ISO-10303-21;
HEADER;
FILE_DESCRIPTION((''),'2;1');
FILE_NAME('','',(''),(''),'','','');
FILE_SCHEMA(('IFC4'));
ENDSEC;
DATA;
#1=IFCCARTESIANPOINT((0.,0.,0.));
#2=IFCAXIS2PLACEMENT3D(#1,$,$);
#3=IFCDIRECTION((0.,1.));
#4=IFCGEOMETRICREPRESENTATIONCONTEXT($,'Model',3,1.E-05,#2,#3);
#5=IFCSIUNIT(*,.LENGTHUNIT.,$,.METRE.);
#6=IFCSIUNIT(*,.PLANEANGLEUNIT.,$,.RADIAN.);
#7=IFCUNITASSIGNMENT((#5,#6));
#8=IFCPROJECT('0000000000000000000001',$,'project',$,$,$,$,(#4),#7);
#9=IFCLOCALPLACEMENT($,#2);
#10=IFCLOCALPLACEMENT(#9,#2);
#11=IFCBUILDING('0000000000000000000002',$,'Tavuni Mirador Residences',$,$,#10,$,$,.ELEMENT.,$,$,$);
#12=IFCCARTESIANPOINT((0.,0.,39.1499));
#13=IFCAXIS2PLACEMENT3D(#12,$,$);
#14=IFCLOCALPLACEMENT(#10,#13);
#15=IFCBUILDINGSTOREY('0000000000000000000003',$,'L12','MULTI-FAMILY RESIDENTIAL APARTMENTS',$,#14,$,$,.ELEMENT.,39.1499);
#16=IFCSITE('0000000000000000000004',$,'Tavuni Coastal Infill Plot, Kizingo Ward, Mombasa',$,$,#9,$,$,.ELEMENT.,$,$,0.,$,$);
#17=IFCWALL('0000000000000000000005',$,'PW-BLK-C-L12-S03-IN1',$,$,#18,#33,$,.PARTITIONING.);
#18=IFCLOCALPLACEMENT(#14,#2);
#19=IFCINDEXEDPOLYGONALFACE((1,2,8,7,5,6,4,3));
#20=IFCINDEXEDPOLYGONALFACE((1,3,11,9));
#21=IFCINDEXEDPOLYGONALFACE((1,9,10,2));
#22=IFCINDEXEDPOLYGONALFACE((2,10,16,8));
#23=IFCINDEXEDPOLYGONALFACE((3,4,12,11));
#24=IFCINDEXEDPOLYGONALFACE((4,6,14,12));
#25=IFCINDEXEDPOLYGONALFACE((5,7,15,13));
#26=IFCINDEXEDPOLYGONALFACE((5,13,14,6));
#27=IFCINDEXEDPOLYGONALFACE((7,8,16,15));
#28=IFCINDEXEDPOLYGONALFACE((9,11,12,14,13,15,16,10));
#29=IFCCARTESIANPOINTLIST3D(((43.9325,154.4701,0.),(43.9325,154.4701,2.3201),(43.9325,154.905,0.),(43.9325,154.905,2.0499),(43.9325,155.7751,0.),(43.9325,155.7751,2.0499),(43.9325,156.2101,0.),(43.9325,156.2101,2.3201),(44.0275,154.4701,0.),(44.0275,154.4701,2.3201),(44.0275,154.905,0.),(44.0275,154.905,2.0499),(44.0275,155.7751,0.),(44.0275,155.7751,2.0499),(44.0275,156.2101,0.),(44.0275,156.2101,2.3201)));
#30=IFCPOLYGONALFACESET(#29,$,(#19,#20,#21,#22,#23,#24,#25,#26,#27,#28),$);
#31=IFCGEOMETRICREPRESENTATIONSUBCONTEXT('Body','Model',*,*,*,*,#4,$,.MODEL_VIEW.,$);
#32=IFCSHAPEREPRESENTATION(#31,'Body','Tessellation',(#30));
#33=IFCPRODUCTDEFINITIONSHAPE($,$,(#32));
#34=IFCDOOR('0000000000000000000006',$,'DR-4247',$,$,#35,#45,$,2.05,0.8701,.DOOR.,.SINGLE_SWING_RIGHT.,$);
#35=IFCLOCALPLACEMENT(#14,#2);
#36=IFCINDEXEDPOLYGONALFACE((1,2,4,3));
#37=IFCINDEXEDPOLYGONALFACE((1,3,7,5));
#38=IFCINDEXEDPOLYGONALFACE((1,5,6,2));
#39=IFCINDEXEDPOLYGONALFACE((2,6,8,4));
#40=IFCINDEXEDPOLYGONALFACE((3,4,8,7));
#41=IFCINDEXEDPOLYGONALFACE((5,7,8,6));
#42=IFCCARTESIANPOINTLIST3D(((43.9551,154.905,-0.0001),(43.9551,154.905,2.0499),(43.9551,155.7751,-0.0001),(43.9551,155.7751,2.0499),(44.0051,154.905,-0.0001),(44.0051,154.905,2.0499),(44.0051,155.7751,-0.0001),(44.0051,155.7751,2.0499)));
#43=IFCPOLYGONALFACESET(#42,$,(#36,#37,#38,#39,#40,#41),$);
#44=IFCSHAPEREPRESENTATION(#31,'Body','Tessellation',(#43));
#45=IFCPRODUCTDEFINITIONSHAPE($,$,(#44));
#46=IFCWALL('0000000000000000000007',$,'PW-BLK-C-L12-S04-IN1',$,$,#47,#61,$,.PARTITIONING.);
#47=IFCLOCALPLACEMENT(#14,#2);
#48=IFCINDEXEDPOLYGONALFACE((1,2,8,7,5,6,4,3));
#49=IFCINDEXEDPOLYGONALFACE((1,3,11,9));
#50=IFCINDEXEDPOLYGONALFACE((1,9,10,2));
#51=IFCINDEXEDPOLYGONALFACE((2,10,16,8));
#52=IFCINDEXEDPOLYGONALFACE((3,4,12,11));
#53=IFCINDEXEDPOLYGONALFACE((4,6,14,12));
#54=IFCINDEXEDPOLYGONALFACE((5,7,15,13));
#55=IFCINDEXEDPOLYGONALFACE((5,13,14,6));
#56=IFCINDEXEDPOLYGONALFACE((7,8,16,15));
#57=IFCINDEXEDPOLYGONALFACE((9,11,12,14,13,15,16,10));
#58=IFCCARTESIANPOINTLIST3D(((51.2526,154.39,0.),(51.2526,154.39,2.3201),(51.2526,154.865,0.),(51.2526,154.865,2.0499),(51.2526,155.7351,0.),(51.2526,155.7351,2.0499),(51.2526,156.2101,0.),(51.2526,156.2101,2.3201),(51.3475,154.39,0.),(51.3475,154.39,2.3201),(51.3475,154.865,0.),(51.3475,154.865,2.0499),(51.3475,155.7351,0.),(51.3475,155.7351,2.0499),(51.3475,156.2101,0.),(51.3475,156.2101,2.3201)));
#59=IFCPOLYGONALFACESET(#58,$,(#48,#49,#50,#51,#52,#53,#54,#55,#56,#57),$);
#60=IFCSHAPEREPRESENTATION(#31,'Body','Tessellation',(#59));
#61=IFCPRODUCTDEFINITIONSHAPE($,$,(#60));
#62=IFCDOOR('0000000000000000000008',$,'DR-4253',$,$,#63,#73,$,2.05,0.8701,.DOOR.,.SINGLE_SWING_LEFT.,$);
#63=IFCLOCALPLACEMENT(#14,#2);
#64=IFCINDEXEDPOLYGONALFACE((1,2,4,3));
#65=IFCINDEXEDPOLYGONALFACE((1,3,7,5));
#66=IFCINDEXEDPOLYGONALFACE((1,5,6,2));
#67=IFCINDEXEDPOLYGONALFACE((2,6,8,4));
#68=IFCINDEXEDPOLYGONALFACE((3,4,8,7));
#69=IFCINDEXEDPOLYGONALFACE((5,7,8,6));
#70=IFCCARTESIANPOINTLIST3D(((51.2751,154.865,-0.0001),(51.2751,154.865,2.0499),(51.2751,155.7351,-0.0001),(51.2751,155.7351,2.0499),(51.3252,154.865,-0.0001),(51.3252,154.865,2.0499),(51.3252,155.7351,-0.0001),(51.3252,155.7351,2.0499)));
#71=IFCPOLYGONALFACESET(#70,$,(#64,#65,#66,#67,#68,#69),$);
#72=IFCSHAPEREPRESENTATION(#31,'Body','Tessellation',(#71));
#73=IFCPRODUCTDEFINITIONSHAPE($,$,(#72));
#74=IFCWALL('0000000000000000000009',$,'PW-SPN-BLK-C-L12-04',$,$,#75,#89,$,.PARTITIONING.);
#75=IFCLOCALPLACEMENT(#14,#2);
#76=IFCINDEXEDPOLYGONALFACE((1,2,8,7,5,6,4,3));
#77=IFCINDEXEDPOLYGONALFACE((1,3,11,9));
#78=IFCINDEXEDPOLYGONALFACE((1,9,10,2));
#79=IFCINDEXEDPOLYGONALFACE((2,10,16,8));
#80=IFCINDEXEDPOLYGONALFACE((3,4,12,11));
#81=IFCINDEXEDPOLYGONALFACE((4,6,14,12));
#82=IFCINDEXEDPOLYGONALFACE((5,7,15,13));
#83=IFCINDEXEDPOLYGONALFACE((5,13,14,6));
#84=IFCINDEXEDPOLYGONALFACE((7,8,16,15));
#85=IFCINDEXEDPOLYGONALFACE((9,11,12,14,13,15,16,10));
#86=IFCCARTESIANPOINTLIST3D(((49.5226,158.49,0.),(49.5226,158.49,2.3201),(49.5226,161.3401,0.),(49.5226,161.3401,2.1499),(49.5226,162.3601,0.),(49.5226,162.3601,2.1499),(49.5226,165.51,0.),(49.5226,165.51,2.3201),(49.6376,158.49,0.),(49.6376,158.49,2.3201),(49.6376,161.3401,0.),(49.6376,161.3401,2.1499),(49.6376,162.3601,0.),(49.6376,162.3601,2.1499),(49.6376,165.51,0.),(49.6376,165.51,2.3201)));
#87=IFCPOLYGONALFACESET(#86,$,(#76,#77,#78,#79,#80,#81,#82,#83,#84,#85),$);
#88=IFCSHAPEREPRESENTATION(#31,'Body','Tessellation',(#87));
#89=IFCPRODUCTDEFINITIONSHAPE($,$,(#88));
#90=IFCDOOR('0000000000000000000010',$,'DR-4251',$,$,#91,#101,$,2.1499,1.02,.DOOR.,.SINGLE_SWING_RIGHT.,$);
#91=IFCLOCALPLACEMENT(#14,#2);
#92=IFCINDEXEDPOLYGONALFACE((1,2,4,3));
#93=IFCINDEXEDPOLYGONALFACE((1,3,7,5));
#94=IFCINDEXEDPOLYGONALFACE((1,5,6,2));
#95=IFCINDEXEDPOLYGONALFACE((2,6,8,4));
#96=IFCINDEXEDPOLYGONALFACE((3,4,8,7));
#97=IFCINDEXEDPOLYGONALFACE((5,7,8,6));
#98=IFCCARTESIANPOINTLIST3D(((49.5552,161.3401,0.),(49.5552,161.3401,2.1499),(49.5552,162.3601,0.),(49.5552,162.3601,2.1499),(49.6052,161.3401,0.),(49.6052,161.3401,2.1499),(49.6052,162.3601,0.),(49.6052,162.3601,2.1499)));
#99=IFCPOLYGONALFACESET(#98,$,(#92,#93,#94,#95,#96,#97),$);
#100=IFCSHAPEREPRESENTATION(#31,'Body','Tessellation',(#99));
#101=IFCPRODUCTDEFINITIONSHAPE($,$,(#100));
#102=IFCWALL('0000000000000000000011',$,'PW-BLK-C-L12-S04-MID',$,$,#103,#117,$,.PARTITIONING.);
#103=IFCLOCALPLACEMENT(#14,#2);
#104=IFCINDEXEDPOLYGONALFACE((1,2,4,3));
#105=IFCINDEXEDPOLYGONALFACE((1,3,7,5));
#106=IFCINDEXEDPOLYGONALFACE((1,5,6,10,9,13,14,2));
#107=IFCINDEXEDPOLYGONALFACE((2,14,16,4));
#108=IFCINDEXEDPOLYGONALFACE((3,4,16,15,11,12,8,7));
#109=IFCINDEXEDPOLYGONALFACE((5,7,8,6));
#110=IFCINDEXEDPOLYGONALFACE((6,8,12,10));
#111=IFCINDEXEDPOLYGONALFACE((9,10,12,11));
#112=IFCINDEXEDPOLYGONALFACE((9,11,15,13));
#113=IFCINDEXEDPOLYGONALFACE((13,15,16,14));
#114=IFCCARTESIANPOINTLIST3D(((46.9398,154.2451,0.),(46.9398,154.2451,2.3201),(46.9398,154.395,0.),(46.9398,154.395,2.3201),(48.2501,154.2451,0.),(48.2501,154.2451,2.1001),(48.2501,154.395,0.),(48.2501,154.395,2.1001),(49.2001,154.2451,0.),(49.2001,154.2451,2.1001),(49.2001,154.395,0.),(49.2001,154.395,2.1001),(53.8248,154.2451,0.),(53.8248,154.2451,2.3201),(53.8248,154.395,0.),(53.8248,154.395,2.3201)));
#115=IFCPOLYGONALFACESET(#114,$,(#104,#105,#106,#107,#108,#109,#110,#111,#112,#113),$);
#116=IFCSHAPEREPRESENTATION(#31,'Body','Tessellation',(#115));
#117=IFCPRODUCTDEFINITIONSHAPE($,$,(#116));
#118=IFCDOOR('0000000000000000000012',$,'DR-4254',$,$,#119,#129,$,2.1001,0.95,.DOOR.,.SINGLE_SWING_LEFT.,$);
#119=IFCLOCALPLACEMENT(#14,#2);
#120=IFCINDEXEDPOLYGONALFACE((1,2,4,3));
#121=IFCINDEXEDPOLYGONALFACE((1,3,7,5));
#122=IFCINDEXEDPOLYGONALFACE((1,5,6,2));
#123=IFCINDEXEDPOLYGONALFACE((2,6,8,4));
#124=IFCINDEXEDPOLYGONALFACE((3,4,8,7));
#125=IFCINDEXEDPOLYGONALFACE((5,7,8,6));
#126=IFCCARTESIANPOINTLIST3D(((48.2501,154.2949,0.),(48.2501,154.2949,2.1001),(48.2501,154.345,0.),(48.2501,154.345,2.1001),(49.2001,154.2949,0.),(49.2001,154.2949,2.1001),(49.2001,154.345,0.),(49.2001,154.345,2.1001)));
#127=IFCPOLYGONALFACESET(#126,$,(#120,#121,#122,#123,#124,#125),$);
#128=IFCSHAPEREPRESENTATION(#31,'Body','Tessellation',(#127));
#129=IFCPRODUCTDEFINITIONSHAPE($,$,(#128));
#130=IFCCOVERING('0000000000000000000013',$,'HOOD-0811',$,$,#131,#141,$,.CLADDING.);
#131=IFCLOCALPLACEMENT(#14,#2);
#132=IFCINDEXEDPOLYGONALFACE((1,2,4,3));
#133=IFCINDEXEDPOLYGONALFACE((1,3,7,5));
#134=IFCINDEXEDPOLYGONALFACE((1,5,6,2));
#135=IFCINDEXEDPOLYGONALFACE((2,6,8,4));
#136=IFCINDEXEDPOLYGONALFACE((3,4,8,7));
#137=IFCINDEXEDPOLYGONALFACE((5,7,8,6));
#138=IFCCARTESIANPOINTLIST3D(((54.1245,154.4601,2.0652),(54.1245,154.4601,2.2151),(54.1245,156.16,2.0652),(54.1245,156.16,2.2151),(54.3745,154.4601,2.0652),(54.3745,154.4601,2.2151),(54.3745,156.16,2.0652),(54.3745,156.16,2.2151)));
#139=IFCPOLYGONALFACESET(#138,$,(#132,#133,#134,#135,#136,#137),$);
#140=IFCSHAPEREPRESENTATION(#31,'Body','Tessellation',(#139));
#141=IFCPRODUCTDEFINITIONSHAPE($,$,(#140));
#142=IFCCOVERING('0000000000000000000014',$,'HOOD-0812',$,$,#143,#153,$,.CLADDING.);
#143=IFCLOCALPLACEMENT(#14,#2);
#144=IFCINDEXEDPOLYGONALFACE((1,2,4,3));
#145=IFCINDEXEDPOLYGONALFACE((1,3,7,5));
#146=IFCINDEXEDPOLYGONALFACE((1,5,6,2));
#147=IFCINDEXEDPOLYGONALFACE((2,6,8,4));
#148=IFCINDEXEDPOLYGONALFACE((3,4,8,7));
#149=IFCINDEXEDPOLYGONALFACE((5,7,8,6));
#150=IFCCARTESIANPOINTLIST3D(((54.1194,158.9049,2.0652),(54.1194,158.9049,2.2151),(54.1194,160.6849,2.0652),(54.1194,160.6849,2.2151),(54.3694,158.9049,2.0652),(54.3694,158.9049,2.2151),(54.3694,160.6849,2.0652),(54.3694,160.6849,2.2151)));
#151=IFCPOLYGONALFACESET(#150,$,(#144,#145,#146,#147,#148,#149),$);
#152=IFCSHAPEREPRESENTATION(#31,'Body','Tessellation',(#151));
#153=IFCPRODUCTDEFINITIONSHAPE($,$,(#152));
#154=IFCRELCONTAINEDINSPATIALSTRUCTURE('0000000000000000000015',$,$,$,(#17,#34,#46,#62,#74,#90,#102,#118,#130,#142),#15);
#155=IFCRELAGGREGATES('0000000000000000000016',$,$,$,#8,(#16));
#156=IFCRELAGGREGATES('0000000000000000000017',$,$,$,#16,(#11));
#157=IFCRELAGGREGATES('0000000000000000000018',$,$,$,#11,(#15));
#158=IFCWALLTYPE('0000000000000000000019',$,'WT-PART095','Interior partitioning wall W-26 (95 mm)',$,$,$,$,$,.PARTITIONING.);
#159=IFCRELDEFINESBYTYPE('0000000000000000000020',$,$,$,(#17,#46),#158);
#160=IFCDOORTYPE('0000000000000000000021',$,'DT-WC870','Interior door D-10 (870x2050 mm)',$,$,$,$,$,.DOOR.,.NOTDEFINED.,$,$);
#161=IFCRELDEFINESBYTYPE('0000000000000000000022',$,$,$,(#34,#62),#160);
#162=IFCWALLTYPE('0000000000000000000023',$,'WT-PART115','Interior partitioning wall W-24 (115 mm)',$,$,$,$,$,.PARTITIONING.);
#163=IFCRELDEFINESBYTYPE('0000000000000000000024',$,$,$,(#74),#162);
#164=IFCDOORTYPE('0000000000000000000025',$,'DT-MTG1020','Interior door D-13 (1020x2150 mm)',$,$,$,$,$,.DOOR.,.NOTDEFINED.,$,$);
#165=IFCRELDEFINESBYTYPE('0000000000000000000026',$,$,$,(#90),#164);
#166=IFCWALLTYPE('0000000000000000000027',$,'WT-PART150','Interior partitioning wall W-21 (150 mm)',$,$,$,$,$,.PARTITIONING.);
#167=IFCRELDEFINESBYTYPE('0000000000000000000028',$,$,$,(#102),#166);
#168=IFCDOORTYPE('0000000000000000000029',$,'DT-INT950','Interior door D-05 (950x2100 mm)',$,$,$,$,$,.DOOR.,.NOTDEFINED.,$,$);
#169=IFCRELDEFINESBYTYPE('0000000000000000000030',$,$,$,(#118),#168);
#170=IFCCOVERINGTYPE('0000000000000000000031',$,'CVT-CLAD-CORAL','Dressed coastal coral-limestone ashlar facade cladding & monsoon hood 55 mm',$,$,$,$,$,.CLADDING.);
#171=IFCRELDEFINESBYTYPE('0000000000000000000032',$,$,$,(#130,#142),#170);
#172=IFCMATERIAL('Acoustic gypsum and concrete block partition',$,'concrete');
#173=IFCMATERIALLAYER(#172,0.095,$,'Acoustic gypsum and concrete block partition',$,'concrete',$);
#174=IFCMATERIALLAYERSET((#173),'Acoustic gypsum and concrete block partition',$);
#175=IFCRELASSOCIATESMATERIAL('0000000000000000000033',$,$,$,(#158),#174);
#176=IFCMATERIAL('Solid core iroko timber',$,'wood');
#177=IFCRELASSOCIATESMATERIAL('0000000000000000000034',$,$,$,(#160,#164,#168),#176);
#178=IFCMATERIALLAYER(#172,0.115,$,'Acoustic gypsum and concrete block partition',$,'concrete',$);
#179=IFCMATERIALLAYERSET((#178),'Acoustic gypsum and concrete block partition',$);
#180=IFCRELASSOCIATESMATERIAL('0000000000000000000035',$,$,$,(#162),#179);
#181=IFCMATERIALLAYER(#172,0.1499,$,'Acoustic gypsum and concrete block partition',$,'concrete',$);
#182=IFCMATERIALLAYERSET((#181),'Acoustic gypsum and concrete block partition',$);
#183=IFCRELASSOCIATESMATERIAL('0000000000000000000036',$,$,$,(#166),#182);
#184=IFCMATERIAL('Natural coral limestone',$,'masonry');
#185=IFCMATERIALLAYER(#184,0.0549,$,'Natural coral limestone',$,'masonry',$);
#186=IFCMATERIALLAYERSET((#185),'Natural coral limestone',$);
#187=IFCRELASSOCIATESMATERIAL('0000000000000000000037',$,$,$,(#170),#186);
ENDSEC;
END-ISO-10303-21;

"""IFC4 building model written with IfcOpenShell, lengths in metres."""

from ifc_helpers import new_model, si_unit, direction, frame, frame_2d, origin, origin_2d, place, context, subcontext, project, spatial, rectangle, extrude, material, layer, layer_set, type_object, element, fill, save


model = new_model("IFC4")

# Units and contexts
model_context = context("Model", 3, precision=1e-05, world=origin(), true_north=direction((0.0, 1.0)))
body_context = subcontext(model_context, "Body", "Model", "MODEL_VIEW")
ifc_project = project(units=[si_unit("LENGTHUNIT", "METRE"), si_unit("PLANEANGLEUNIT", "RADIAN")], contexts=[model_context])

# Site, building, storey
site_placement = place(None, origin())
site = spatial("IfcSite", under=ifc_project, at=site_placement, Name="Tavuni Coastal Infill Plot, Kizingo Ward, Mombasa", CompositionType="ELEMENT", RefElevation=0.0)
building_placement = place(site_placement, origin())
building = spatial("IfcBuilding", under=site, at=building_placement, Name="Tavuni Mirador Residences", CompositionType="ELEMENT")
storey_placement = place(building_placement, frame((0.0, 0.0, 39.1499)))
storey = spatial("IfcBuildingStorey", under=building, at=storey_placement, Name="L12", Description="MULTI-FAMILY RESIDENTIAL APARTMENTS", CompositionType="ELEMENT", Elevation=39.1499)

# Shared definitions
ifc_material_1 = material(Name="Solid core iroko timber", Category="wood")

# Walls, openings, doors
ifc_material_2 = material(Name="Acoustic gypsum and concrete block partition", Category="concrete")
ifc_layer_1 = layer(ifc_material_2, 0.095, Name="Acoustic gypsum and concrete block partition", Category="concrete")
ifc_layer_set_1 = layer_set([ifc_layer_1], Name="Acoustic gypsum and concrete block partition")
wall_type_1 = type_object("IfcWallType", Name="WT-PART095", Description="Interior partitioning wall W-26 (95 mm)", PredefinedType="PARTITIONING", material=ifc_layer_set_1)
wall_1_placement = place(storey_placement, frame((43.98, 154.47, 0.0), z_axis=(0.0, 0.0, 1.0), x_axis=(0.0, 1.0, 0.0)))
wall_1 = element("IfcWall", 1, at=wall_1_placement, inside=storey, type_object=wall_type_1, Name="PW-BLK-C-L12-S03-IN1", PredefinedType="PARTITIONING", context=body_context, shape_type="SweptSolid", body=[
    extrude(rectangle(XDim=1.74, YDim=0.095, at=frame_2d((0.8701, 0.0))), origin(), (0.0, 0.0, 1.0), 2.3201),
])
opening_1_placement = place(wall_1_placement, frame((0.4351, 0.0, 0.0)))
opening_1 = element("IfcOpeningElement", 2, at=opening_1_placement, cuts=wall_1, PredefinedType="OPENING", context=body_context, shape_type="SweptSolid", body=[
    extrude(rectangle(XDim=0.8701, YDim=2.05, at=frame_2d((0.4351, 1.0249))), frame((0.0, 0.0576, 0.0), z_axis=(0.0, -1.0, 0.0), x_axis=(1.0, 0.0, 0.0)), (0.0, 0.0, 1.0), 0.115),
])
door_type_1 = type_object("IfcDoorType", Name="DT-WC870", Description="Interior door D-10 (870x2050 mm)", OperationType="NOTDEFINED", PredefinedType="DOOR", material=ifc_material_1)
door_1_placement = place(opening_1_placement, origin())
door_1 = element("IfcDoor", 3, at=door_1_placement, inside=storey, type_object=door_type_1, Name="DR-4247", OperationType="SINGLE_SWING_RIGHT", OverallHeight=2.05, OverallWidth=0.8701, PredefinedType="DOOR", context=body_context, shape_type="SweptSolid", body=[
    extrude(rectangle(XDim=0.8701, YDim=2.05, at=frame_2d((0.4351, 1.0249))), frame((0.0, 0.0249, 0.0), z_axis=(0.0, -1.0, 0.0), x_axis=(1.0, 0.0, 0.0)), (0.0, 0.0, 1.0), 0.05),
])
fill(opening_1, door_1)
wall_2_placement = place(storey_placement, frame((51.3, 154.3899, 0.0), z_axis=(0.0, 0.0, 1.0), x_axis=(0.0, 1.0, 0.0)))
wall_2 = element("IfcWall", 4, at=wall_2_placement, inside=storey, type_object=wall_type_1, Name="PW-BLK-C-L12-S04-IN1", PredefinedType="PARTITIONING", context=body_context, shape_type="SweptSolid", body=[
    extrude(rectangle(XDim=1.8201, YDim=0.095, at=frame_2d((0.9102, 0.0))), origin(), (0.0, 0.0, 1.0), 2.3201),
])
opening_2_placement = place(wall_2_placement, frame((0.4751, 0.0, 0.0)))
opening_2 = element("IfcOpeningElement", 5, at=opening_2_placement, cuts=wall_2, PredefinedType="OPENING", context=body_context, shape_type="SweptSolid", body=[
    extrude(rectangle(XDim=0.8701, YDim=2.05, at=frame_2d((0.4351, 1.0249))), frame((0.0, 0.0576, 0.0), z_axis=(0.0, -1.0, 0.0), x_axis=(1.0, 0.0, 0.0)), (0.0, 0.0, 1.0), 0.115),
])
door_2_placement = place(opening_2_placement, origin())
door_2 = element("IfcDoor", 6, at=door_2_placement, inside=storey, type_object=door_type_1, Name="DR-4253", OperationType="SINGLE_SWING_LEFT", OverallHeight=2.05, OverallWidth=0.8701, PredefinedType="DOOR", context=body_context, shape_type="SweptSolid", body=[
    extrude(rectangle(XDim=0.8701, YDim=2.05, at=frame_2d((0.4351, 1.0249))), frame((0.0, 0.0249, 0.0), z_axis=(0.0, -1.0, 0.0), x_axis=(1.0, 0.0, 0.0)), (0.0, 0.0, 1.0), 0.05),
])
fill(opening_2, door_2)
ifc_layer_2 = layer(ifc_material_2, 0.115, Name="Acoustic gypsum and concrete block partition", Category="concrete")
ifc_layer_set_2 = layer_set([ifc_layer_2], Name="Acoustic gypsum and concrete block partition")
wall_type_2 = type_object("IfcWallType", Name="WT-PART115", Description="Interior partitioning wall W-24 (115 mm)", PredefinedType="PARTITIONING", material=ifc_layer_set_2)
wall_3_placement = place(storey_placement, frame((49.5801, 158.49, 0.0), z_axis=(0.0, 0.0, 1.0), x_axis=(0.0, 1.0, 0.0)))
wall_3 = element("IfcWall", 7, at=wall_3_placement, inside=storey, type_object=wall_type_2, Name="PW-SPN-BLK-C-L12-04", PredefinedType="PARTITIONING", context=body_context, shape_type="SweptSolid", body=[
    extrude(rectangle(XDim=7.02, YDim=0.115, at=frame_2d((3.51, 0.0))), origin(), (0.0, 0.0, 1.0), 2.3201),
])
opening_3_placement = place(wall_3_placement, frame((2.8501, 0.0, 0.0)))
opening_3 = element("IfcOpeningElement", 8, at=opening_3_placement, cuts=wall_3, PredefinedType="OPENING", context=body_context, shape_type="SweptSolid", body=[
    extrude(rectangle(XDim=1.02, YDim=2.1499, at=frame_2d((0.51, 1.075))), frame((0.0, 0.0674, 0.0), z_axis=(0.0, -1.0, 0.0), x_axis=(1.0, 0.0, 0.0)), (0.0, 0.0, 1.0), 0.135),
])
door_type_2 = type_object("IfcDoorType", Name="DT-MTG1020", Description="Interior door D-13 (1020x2150 mm)", OperationType="NOTDEFINED", PredefinedType="DOOR", material=ifc_material_1)
door_3_placement = place(opening_3_placement, origin())
door_3 = element("IfcDoor", 9, at=door_3_placement, inside=storey, type_object=door_type_2, Name="DR-4251", OperationType="SINGLE_SWING_RIGHT", OverallHeight=2.1499, OverallWidth=1.02, PredefinedType="DOOR", context=body_context, shape_type="SweptSolid", body=[
    extrude(rectangle(XDim=1.02, YDim=2.1499, at=frame_2d((0.51, 1.075))), frame((0.0, 0.0249, 0.0), z_axis=(0.0, -1.0, 0.0), x_axis=(1.0, 0.0, 0.0)), (0.0, 0.0, 1.0), 0.05),
])
fill(opening_3, door_3)
ifc_layer_3 = layer(ifc_material_2, 0.1499, Name="Acoustic gypsum and concrete block partition", Category="concrete")
ifc_layer_set_3 = layer_set([ifc_layer_3], Name="Acoustic gypsum and concrete block partition")
wall_type_3 = type_object("IfcWallType", Name="WT-PART150", Description="Interior partitioning wall W-21 (150 mm)", PredefinedType="PARTITIONING", material=ifc_layer_set_3)
wall_4_placement = place(storey_placement, frame((46.9399, 154.3201, 0.0), z_axis=(0.0, 0.0, 1.0), x_axis=(1.0, 0.0, 0.0)))
wall_4 = element("IfcWall", 10, at=wall_4_placement, inside=storey, type_object=wall_type_3, Name="PW-BLK-C-L12-S04-MID", PredefinedType="PARTITIONING", context=body_context, shape_type="SweptSolid", body=[
    extrude(rectangle(XDim=6.885, YDim=0.1499, at=frame_2d((3.4424, 0.0))), origin(), (0.0, 0.0, 1.0), 2.3201),
])
opening_4_placement = place(wall_4_placement, frame((1.3101, 0.0, 0.0)))
opening_4 = element("IfcOpeningElement", 11, at=opening_4_placement, cuts=wall_4, PredefinedType="OPENING", context=body_context, shape_type="SweptSolid", body=[
    extrude(rectangle(XDim=0.95, YDim=2.1001, at=frame_2d((0.4751, 1.05))), frame((0.0, 0.085, 0.0), z_axis=(0.0, -1.0, 0.0), x_axis=(1.0, 0.0, 0.0)), (0.0, 0.0, 1.0), 0.1699),
])
door_type_3 = type_object("IfcDoorType", Name="DT-INT950", Description="Interior door D-05 (950x2100 mm)", OperationType="NOTDEFINED", PredefinedType="DOOR", material=ifc_material_1)
door_4_placement = place(opening_4_placement, origin())
door_4 = element("IfcDoor", 12, at=door_4_placement, inside=storey, type_object=door_type_3, Name="DR-4254", OperationType="SINGLE_SWING_LEFT", OverallHeight=2.1001, OverallWidth=0.95, PredefinedType="DOOR", context=body_context, shape_type="SweptSolid", body=[
    extrude(rectangle(XDim=0.95, YDim=2.1001, at=frame_2d((0.4751, 1.05))), frame((0.0, 0.0249, 0.0), z_axis=(0.0, -1.0, 0.0), x_axis=(1.0, 0.0, 0.0)), (0.0, 0.0, 1.0), 0.05),
])
fill(opening_4, door_4)

# Coverings
ifc_material_3 = material(Name="Natural coral limestone", Category="masonry")
ifc_layer_4 = layer(ifc_material_3, 0.0549, Name="Natural coral limestone", Category="masonry")
ifc_layer_set_4 = layer_set([ifc_layer_4], Name="Natural coral limestone")
covering_type = type_object("IfcCoveringType", Name="CVT-CLAD-CORAL", Description="Dressed coastal coral-limestone ashlar facade cladding & monsoon hood 55 mm", PredefinedType="CLADDING", material=ifc_layer_set_4)
covering_1_placement = place(storey_placement, frame((54.2495, 155.3101, 2.0652), z_axis=(0.0, 0.0, 1.0), x_axis=(0.0, 1.0, 0.0)))
element("IfcCovering", 13, at=covering_1_placement, inside=storey, type_object=covering_type, Name="HOOD-0811", PredefinedType="CLADDING", context=body_context, shape_type="SweptSolid", body=[
    extrude(rectangle(XDim=1.7, YDim=0.25, at=origin_2d()), origin(), (0.0, 0.0, 1.0), 0.1499),
])
covering_2_placement = place(storey_placement, frame((54.2444, 159.7949, 2.0652), z_axis=(0.0, 0.0, 1.0), x_axis=(0.0, 1.0, 0.0)))
element("IfcCovering", 14, at=covering_2_placement, inside=storey, type_object=covering_type, Name="HOOD-0812", PredefinedType="CLADDING", context=body_context, shape_type="SweptSolid", body=[
    extrude(rectangle(XDim=1.78, YDim=0.25, at=origin_2d()), origin(), (0.0, 0.0, 1.0), 0.1499),
])

save(model, "model.ifc")
